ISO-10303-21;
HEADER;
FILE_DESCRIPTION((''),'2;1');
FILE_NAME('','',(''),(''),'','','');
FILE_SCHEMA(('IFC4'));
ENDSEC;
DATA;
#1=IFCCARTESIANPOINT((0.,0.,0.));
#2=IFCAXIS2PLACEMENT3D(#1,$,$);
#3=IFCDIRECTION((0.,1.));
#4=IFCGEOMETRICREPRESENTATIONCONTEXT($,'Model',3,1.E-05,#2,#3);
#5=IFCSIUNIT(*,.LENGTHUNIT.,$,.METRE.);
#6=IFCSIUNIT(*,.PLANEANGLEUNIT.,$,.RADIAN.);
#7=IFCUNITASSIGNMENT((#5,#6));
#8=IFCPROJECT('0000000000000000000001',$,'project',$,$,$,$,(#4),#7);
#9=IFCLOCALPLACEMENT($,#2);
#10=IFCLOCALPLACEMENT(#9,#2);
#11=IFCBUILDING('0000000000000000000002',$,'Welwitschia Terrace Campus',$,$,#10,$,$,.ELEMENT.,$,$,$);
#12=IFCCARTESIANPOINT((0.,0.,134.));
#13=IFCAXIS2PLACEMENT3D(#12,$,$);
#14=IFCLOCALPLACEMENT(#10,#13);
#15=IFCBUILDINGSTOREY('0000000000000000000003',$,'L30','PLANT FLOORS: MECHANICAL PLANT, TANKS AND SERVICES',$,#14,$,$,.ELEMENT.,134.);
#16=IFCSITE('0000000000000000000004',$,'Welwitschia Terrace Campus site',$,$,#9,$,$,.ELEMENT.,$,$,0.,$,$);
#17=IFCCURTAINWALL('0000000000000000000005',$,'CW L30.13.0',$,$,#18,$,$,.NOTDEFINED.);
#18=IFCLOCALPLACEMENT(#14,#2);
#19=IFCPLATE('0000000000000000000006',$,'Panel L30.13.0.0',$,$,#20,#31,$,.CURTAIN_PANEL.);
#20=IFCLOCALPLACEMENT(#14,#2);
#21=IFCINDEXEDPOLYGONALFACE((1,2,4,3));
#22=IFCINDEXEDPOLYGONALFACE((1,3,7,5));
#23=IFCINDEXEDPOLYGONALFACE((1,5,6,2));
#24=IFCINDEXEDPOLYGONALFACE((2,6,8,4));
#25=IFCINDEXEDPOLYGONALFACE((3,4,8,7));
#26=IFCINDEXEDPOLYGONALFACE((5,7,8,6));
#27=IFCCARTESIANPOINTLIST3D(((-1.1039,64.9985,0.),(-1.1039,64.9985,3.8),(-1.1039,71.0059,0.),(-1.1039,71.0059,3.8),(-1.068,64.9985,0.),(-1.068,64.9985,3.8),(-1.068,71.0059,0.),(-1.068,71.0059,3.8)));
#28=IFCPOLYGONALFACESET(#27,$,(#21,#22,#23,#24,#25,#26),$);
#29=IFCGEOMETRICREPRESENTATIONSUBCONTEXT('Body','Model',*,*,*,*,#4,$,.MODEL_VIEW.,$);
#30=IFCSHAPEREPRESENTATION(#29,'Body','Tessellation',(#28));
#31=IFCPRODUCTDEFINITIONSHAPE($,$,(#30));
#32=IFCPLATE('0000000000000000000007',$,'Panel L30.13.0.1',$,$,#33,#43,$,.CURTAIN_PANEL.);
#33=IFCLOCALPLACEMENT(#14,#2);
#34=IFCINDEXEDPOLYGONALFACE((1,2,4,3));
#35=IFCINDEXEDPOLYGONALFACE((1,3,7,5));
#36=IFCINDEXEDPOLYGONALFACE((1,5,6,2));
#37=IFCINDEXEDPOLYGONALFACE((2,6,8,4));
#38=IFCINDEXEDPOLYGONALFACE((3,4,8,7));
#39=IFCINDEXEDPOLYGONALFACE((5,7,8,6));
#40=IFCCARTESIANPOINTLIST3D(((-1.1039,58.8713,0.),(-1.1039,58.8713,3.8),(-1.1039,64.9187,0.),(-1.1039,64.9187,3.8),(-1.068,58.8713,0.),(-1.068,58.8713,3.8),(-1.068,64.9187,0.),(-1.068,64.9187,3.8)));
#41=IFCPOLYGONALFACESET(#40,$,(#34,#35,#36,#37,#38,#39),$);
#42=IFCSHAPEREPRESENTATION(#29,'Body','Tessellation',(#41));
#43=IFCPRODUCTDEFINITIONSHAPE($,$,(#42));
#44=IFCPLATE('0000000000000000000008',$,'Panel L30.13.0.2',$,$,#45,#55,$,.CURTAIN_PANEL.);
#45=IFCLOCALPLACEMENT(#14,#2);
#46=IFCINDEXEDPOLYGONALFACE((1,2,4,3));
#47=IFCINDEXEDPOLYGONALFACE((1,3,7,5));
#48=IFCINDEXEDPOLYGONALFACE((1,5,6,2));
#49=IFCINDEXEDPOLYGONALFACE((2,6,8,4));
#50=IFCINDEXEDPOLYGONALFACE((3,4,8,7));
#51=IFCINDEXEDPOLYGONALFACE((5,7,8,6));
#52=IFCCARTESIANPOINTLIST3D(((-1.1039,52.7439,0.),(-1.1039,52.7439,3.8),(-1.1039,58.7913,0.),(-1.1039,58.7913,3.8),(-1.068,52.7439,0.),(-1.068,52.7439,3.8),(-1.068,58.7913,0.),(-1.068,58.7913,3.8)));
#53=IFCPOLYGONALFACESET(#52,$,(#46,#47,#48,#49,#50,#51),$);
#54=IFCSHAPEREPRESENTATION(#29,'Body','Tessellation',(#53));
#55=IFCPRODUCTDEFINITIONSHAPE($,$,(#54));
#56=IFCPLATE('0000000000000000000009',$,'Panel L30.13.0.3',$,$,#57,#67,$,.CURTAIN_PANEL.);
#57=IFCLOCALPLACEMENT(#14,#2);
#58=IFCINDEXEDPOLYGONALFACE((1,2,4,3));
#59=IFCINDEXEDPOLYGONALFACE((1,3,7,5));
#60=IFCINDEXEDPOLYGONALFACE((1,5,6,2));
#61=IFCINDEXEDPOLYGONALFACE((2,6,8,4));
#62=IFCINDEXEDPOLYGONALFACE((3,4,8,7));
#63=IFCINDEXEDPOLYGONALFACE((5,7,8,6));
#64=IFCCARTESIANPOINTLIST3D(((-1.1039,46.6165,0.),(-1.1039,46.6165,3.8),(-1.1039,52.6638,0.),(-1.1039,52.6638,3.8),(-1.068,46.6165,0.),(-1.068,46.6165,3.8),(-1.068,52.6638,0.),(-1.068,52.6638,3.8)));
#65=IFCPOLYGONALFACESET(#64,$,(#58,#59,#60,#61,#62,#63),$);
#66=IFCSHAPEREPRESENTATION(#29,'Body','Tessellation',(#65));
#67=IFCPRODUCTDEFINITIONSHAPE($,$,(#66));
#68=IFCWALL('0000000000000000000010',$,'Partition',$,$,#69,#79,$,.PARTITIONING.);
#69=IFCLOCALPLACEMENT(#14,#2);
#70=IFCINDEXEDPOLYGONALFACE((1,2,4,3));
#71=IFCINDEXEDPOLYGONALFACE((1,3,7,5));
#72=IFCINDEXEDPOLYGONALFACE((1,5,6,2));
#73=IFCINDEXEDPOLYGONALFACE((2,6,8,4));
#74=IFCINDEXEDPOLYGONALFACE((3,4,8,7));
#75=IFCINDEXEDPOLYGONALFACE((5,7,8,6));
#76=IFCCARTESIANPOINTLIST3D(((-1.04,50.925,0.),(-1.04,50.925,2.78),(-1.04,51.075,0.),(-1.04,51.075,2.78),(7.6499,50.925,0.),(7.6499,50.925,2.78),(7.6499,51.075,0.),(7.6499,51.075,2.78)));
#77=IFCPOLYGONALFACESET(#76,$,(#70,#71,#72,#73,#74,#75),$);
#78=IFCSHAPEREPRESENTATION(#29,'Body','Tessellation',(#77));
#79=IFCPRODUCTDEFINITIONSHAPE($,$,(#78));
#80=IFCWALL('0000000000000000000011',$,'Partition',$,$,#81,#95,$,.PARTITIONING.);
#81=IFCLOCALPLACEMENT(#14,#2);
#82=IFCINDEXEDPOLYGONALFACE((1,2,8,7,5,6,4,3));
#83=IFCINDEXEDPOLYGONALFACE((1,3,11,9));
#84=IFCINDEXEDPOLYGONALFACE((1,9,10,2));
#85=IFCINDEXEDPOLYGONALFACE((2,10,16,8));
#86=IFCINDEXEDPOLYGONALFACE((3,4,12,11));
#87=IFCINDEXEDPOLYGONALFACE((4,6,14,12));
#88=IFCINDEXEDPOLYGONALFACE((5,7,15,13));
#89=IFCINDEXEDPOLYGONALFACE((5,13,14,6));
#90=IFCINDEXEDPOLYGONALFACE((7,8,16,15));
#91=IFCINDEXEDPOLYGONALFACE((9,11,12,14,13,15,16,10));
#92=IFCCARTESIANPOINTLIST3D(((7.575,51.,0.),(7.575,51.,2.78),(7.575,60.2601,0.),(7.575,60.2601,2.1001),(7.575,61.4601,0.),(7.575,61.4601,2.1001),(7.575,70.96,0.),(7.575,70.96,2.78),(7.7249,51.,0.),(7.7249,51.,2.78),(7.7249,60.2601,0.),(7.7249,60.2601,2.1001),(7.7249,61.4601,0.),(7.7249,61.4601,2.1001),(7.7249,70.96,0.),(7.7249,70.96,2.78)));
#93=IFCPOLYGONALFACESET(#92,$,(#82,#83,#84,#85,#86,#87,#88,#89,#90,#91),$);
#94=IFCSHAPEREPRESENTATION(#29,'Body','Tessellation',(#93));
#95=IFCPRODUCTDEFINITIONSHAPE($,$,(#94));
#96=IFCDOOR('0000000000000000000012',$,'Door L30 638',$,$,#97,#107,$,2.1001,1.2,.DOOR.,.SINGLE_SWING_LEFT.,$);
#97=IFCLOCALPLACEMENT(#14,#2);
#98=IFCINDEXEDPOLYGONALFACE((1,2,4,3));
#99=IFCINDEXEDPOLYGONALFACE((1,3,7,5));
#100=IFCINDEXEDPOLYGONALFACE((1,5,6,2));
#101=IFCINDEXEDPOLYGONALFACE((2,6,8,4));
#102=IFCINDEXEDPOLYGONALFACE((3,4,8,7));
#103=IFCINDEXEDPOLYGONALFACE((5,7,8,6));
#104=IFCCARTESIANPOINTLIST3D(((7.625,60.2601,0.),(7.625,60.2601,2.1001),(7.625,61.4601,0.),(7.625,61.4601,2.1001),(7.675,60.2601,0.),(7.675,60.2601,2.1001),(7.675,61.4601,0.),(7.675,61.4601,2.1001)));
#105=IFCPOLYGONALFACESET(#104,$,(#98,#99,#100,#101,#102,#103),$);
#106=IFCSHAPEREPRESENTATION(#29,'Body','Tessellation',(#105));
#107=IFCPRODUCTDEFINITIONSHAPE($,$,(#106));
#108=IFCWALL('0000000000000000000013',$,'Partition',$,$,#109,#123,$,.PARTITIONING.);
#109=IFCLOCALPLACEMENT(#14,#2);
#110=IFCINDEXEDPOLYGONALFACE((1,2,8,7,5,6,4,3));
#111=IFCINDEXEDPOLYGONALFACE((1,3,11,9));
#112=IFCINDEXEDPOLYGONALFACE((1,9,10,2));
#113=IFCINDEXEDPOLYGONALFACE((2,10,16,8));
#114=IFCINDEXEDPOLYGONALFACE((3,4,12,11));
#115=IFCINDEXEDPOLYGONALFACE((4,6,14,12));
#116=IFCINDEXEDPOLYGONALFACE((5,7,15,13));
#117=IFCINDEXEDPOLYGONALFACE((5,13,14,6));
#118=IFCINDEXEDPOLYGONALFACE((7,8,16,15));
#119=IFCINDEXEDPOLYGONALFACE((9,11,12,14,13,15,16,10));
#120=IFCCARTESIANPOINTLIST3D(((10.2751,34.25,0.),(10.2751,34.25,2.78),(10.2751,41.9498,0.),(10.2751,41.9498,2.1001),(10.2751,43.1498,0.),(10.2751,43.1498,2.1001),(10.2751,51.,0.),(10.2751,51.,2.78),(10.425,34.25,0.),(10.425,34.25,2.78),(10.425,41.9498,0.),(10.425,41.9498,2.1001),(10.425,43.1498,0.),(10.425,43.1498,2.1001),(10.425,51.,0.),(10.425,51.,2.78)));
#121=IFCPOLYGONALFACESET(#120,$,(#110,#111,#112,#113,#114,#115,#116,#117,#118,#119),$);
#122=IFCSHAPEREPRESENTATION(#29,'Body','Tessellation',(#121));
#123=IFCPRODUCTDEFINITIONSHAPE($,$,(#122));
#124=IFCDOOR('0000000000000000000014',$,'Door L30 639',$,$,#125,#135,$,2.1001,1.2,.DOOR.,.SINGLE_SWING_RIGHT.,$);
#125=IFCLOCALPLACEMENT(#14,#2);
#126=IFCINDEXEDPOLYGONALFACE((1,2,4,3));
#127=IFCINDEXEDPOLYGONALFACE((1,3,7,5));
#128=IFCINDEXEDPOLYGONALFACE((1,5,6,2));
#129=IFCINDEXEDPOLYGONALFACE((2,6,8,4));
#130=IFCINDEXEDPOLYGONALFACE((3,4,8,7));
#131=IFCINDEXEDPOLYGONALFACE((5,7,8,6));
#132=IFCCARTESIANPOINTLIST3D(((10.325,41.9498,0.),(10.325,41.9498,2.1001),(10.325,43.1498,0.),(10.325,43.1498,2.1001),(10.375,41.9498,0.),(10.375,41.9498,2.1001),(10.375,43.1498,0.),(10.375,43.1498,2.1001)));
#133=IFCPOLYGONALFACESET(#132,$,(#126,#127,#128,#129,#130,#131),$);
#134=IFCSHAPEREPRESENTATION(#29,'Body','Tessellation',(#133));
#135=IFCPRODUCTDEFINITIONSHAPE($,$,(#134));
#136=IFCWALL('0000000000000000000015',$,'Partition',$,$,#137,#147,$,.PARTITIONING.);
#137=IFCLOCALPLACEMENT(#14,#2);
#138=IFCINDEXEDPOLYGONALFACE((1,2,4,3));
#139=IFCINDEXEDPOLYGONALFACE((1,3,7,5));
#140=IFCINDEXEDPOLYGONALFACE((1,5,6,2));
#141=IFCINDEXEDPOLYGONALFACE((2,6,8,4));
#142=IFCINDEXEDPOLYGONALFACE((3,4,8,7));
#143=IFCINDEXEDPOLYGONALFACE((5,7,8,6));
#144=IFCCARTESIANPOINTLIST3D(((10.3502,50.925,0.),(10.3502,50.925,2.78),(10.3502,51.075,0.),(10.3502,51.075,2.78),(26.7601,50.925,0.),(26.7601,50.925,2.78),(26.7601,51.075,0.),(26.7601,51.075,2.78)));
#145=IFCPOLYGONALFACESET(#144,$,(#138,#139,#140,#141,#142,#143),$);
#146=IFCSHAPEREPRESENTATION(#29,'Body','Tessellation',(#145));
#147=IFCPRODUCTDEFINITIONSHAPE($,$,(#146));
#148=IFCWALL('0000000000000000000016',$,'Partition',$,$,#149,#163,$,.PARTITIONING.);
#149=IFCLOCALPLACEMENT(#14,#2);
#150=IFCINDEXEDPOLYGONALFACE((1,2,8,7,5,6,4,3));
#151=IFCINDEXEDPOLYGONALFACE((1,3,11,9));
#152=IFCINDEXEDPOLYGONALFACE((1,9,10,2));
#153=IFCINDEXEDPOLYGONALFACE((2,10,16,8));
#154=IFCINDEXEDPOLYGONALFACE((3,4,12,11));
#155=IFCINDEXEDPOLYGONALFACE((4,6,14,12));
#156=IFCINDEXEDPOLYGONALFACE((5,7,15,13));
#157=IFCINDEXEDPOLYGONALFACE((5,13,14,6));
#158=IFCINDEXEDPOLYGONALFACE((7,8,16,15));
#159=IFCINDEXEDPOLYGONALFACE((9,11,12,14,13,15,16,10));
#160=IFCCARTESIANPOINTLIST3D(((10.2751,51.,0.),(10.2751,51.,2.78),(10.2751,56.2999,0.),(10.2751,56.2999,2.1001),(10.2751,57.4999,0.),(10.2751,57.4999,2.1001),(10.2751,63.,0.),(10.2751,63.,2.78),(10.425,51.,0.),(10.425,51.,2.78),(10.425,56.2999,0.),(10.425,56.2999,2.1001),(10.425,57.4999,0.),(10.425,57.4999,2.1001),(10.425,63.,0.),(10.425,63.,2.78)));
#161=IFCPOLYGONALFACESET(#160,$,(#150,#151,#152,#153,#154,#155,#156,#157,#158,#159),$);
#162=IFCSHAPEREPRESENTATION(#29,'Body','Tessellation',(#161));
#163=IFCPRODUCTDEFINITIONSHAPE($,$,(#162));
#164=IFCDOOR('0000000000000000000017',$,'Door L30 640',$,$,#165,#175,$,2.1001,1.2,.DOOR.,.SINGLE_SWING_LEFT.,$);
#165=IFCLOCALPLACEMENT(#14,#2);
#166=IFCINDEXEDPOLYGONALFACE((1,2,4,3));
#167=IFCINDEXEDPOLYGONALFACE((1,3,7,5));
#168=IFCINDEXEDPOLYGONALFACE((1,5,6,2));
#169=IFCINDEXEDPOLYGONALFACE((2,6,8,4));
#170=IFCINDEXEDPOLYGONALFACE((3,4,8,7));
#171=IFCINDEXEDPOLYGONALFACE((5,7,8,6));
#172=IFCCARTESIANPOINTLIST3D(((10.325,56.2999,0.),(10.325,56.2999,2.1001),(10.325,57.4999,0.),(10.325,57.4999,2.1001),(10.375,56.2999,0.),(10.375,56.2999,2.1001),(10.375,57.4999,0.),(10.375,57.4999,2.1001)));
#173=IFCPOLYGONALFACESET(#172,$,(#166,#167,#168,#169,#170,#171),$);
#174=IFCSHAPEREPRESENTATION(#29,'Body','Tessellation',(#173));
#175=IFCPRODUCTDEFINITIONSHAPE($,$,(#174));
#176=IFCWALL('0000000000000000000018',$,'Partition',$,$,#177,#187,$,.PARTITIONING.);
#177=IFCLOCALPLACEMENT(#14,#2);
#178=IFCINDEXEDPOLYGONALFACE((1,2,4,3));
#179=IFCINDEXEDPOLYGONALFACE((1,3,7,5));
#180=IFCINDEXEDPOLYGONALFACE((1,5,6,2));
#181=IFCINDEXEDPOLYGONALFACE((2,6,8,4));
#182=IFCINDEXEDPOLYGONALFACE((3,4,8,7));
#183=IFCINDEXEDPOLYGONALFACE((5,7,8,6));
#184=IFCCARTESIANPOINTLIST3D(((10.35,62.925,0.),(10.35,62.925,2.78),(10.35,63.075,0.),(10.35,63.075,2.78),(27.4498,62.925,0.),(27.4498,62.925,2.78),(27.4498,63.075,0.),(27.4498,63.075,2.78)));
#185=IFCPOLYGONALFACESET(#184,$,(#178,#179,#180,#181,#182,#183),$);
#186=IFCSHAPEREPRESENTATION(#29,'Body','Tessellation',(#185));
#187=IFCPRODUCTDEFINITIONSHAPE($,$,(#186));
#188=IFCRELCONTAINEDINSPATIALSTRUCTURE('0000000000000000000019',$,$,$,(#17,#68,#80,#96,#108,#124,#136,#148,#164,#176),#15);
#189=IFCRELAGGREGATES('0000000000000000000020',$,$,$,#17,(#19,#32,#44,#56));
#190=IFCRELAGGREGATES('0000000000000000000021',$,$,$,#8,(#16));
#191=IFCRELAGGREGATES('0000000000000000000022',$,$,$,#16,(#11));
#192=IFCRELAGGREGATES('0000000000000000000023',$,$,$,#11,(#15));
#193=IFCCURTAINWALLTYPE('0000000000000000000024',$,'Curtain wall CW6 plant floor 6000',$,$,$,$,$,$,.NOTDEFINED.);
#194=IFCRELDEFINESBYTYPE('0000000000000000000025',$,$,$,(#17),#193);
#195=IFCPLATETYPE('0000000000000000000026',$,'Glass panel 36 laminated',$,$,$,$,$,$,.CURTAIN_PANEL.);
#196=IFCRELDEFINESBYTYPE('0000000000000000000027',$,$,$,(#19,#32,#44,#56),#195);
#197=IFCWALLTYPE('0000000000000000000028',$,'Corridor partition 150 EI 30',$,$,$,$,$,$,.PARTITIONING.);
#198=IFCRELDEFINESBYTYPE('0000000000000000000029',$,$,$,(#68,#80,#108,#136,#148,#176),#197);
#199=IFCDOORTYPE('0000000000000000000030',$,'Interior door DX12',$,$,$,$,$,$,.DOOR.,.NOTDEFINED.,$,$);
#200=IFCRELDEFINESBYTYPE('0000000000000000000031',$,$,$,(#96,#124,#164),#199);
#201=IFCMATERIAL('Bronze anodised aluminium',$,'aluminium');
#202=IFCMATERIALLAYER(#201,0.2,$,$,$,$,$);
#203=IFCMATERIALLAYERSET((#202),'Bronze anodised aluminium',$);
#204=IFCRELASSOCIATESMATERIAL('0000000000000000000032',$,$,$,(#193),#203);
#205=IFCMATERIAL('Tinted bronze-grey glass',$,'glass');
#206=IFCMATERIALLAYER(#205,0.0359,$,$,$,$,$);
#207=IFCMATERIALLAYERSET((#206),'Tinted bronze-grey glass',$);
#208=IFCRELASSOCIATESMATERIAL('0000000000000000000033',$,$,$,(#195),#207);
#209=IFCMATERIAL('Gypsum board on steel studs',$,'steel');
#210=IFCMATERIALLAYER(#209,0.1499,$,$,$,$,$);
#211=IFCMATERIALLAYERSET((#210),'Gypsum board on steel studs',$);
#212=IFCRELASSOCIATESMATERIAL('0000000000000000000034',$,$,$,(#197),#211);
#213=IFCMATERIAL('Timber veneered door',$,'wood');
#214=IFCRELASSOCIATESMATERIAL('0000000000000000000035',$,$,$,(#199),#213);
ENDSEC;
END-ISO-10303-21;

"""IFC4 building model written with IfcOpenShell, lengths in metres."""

from ifc_helpers import new_model, si_unit, direction, frame, frame_2d, origin, origin_2d, place, context, subcontext, project, spatial, rectangle, extrude, material, layer, layer_set, type_object, element, fill, aggregate, save


model = new_model("IFC4")

# Units and contexts
model_context = context("Model", 3, precision=1e-05, world=origin(), true_north=direction((0.0, 1.0)))
body_context = subcontext(model_context, "Body", "Model", "MODEL_VIEW")
ifc_project = project(units=[si_unit("LENGTHUNIT", "METRE"), si_unit("PLANEANGLEUNIT", "RADIAN")], contexts=[model_context])

# Site, building, storey
site_placement = place(None, origin())
site = spatial("IfcSite", under=ifc_project, at=site_placement, Name="Welwitschia Terrace Campus site", CompositionType="ELEMENT", RefElevation=0.0)
building_placement = place(site_placement, origin())
building = spatial("IfcBuilding", under=site, at=building_placement, Name="Welwitschia Terrace Campus", CompositionType="ELEMENT")
storey_placement = place(building_placement, frame((0.0, 0.0, 134.0)))
storey = spatial("IfcBuildingStorey", under=building, at=storey_placement, Name="L30", Description="PLANT FLOORS: MECHANICAL PLANT, TANKS AND SERVICES", CompositionType="ELEMENT", Elevation=134.0)

# Curtain wall
ifc_material_1 = material(Name="Bronze anodised aluminium", Category="aluminium")
ifc_layer_1 = layer(ifc_material_1, 0.2)
ifc_layer_set_1 = layer_set([ifc_layer_1], Name="Bronze anodised aluminium")
curtain_wall_type = type_object("IfcCurtainWallType", Name="Curtain wall CW6 plant floor 6000", PredefinedType="NOTDEFINED", material=ifc_layer_set_1)
curtain_wall_placement = place(storey_placement, origin())
curtain_wall = element("IfcCurtainWall", 1, at=curtain_wall_placement, inside=storey, type_object=curtain_wall_type, Name="CW L30.13.0", PredefinedType="NOTDEFINED")

# Plates
ifc_material_2 = material(Name="Tinted bronze-grey glass", Category="glass")
ifc_layer_2 = layer(ifc_material_2, 0.0359)
ifc_layer_set_2 = layer_set([ifc_layer_2], Name="Tinted bronze-grey glass")
plate_type = type_object("IfcPlateType", Name="Glass panel 36 laminated", PredefinedType="CURTAIN_PANEL", material=ifc_layer_set_2)
plate_1_placement = place(storey_placement, frame((-1.0859, 68.0022, 0.0), z_axis=(0.0, 0.0, 1.0), x_axis=(0.0, -1.0, 0.0)))
plate_1 = element("IfcPlate", 2, at=plate_1_placement, type_object=plate_type, Name="Panel L30.13.0.0", PredefinedType="CURTAIN_PANEL", context=body_context, shape_type="SweptSolid", body=[
    extrude(rectangle(XDim=6.0073, YDim=0.0359, at=origin_2d()), origin(), (0.0, 0.0, 1.0), 3.8),
])
plate_2_placement = place(storey_placement, frame((-1.0859, 61.895, 0.0), z_axis=(0.0, 0.0, 1.0), x_axis=(0.0, -1.0, 0.0)))
plate_2 = element("IfcPlate", 3, at=plate_2_placement, type_object=plate_type, Name="Panel L30.13.0.1", PredefinedType="CURTAIN_PANEL", context=body_context, shape_type="SweptSolid", body=[
    extrude(rectangle(XDim=6.0474, YDim=0.0359, at=origin_2d()), origin(), (0.0, 0.0, 1.0), 3.8),
])
plate_3_placement = place(storey_placement, frame((-1.0859, 55.7676, 0.0), z_axis=(0.0, 0.0, 1.0), x_axis=(0.0, -1.0, 0.0)))
plate_3 = element("IfcPlate", 4, at=plate_3_placement, type_object=plate_type, Name="Panel L30.13.0.2", PredefinedType="CURTAIN_PANEL", context=body_context, shape_type="SweptSolid", body=[
    extrude(rectangle(XDim=6.0474, YDim=0.0359, at=origin_2d()), origin(), (0.0, 0.0, 1.0), 3.8),
])
plate_4_placement = place(storey_placement, frame((-1.0859, 49.6401, 0.0), z_axis=(0.0, 0.0, 1.0), x_axis=(0.0, -1.0, 0.0)))
plate_4 = element("IfcPlate", 5, at=plate_4_placement, type_object=plate_type, Name="Panel L30.13.0.3", PredefinedType="CURTAIN_PANEL", context=body_context, shape_type="SweptSolid", body=[
    extrude(rectangle(XDim=6.0474, YDim=0.0359, at=origin_2d()), origin(), (0.0, 0.0, 1.0), 3.8),
])
aggregate(curtain_wall, [plate_1, plate_2, plate_3, plate_4])

# Wall
ifc_material_3 = material(Name="Gypsum board on steel studs", Category="steel")
ifc_layer_3 = layer(ifc_material_3, 0.1499)
ifc_layer_set_3 = layer_set([ifc_layer_3], Name="Gypsum board on steel studs")
wall_type = type_object("IfcWallType", Name="Corridor partition 150 EI 30", PredefinedType="PARTITIONING", material=ifc_layer_set_3)
wall_1_placement = place(storey_placement, frame((-1.04, 51.0, 0.0), z_axis=(0.0, 0.0, 1.0), x_axis=(1.0, 0.0, 0.0)))
element("IfcWall", 6, at=wall_1_placement, inside=storey, type_object=wall_type, Name="Partition", PredefinedType="PARTITIONING", context=body_context, shape_type="SweptSolid", body=[
    extrude(rectangle(XDim=8.6899, YDim=0.1499, at=frame_2d((4.345, 0.0))), origin(), (0.0, 0.0, 1.0), 2.78),
])

# Walls, openings, doors
wall_2_placement = place(storey_placement, frame((7.6499, 51.0, 0.0), z_axis=(0.0, 0.0, 1.0), x_axis=(0.0, 1.0, 0.0)))
wall_2 = element("IfcWall", 7, at=wall_2_placement, inside=storey, type_object=wall_type, Name="Partition", PredefinedType="PARTITIONING", context=body_context, shape_type="SweptSolid", body=[
    extrude(rectangle(XDim=19.96, YDim=0.1499, at=frame_2d((9.98, 0.0))), origin(), (0.0, 0.0, 1.0), 2.78),
])
opening_1_placement = place(wall_2_placement, frame((9.26, 0.0, 0.0)))
opening_1 = element("IfcOpeningElement", 8, at=opening_1_placement, cuts=wall_2, PredefinedType="OPENING", context=body_context, shape_type="SweptSolid", body=[
    extrude(rectangle(XDim=1.2, YDim=2.1001, at=frame_2d((0.6001, 1.05))), frame((0.0, 0.085, 0.0), z_axis=(0.0, -1.0, 0.0), x_axis=(1.0, 0.0, 0.0)), (0.0, 0.0, 1.0), 0.1699),
])
ifc_material_4 = material(Name="Timber veneered door", Category="wood")
door_type = type_object("IfcDoorType", Name="Interior door DX12", OperationType="NOTDEFINED", PredefinedType="DOOR", material=ifc_material_4)
door_1_placement = place(opening_1_placement, origin())
door_1 = element("IfcDoor", 9, at=door_1_placement, inside=storey, type_object=door_type, Name="Door L30 638", OperationType="SINGLE_SWING_LEFT", OverallHeight=2.1001, OverallWidth=1.2, PredefinedType="DOOR", context=body_context, shape_type="SweptSolid", body=[
    extrude(rectangle(XDim=1.2, YDim=2.1001, at=frame_2d((0.6001, 1.05))), frame((0.0, 0.0249, 0.0), z_axis=(0.0, -1.0, 0.0), x_axis=(1.0, 0.0, 0.0)), (0.0, 0.0, 1.0), 0.05),
])
fill(opening_1, door_1)
wall_3_placement = place(storey_placement, frame((10.3501, 51.0, 0.0), z_axis=(0.0, 0.0, 1.0), x_axis=(0.0, -1.0, 0.0)))
wall_3 = element("IfcWall", 10, at=wall_3_placement, inside=storey, type_object=wall_type, Name="Partition", PredefinedType="PARTITIONING", context=body_context, shape_type="SweptSolid", body=[
    extrude(rectangle(XDim=16.75, YDim=0.1499, at=frame_2d((8.375, 0.0))), origin(), (0.0, 0.0, 1.0), 2.78),
])
opening_2_placement = place(wall_3_placement, frame((7.8501, 0.0, 0.0)))
opening_2 = element("IfcOpeningElement", 11, at=opening_2_placement, cuts=wall_3, PredefinedType="OPENING", context=body_context, shape_type="SweptSolid", body=[
    extrude(rectangle(XDim=1.2, YDim=2.1001, at=frame_2d((0.6001, 1.05))), frame((0.0, 0.085, 0.0), z_axis=(0.0, -1.0, 0.0), x_axis=(1.0, 0.0, 0.0)), (0.0, 0.0, 1.0), 0.1699),
])
door_2_placement = place(opening_2_placement, origin())
door_2 = element("IfcDoor", 12, at=door_2_placement, inside=storey, type_object=door_type, Name="Door L30 639", OperationType="SINGLE_SWING_RIGHT", OverallHeight=2.1001, OverallWidth=1.2, PredefinedType="DOOR", context=body_context, shape_type="SweptSolid", body=[
    extrude(rectangle(XDim=1.2, YDim=2.1001, at=frame_2d((0.6001, 1.05))), frame((0.0, 0.0249, 0.0), z_axis=(0.0, -1.0, 0.0), x_axis=(1.0, 0.0, 0.0)), (0.0, 0.0, 1.0), 0.05),
])
fill(opening_2, door_2)

# Wall
wall_4_placement = place(storey_placement, frame((10.3501, 51.0, 0.0), z_axis=(0.0, 0.0, 1.0), x_axis=(1.0, 0.0, 0.0)))
element("IfcWall", 13, at=wall_4_placement, inside=storey, type_object=wall_type, Name="Partition", PredefinedType="PARTITIONING", context=body_context, shape_type="SweptSolid", body=[
    extrude(rectangle(XDim=16.4099, YDim=0.1499, at=frame_2d((8.2051, 0.0))), origin(), (0.0, 0.0, 1.0), 2.78),
])

# Wall, opening, door
wall_5_placement = place(storey_placement, frame((10.3501, 63.0, 0.0), z_axis=(0.0, 0.0, 1.0), x_axis=(0.0, -1.0, 0.0)))
wall_5 = element("IfcWall", 14, at=wall_5_placement, inside=storey, type_object=wall_type, Name="Partition", PredefinedType="PARTITIONING", context=body_context, shape_type="SweptSolid", body=[
    extrude(rectangle(XDim=12.0, YDim=0.1499, at=frame_2d((6.0, 0.0))), origin(), (0.0, 0.0, 1.0), 2.78),
])
opening_3_placement = place(wall_5_placement, frame((5.5, 0.0, 0.0)))
opening_3 = element("IfcOpeningElement", 15, at=opening_3_placement, cuts=wall_5, PredefinedType="OPENING", context=body_context, shape_type="SweptSolid", body=[
    extrude(rectangle(XDim=1.2, YDim=2.1001, at=frame_2d((0.6001, 1.05))), frame((0.0, 0.085, 0.0), z_axis=(0.0, -1.0, 0.0), x_axis=(1.0, 0.0, 0.0)), (0.0, 0.0, 1.0), 0.1699),
])
door_3_placement = place(opening_3_placement, origin())
door_3 = element("IfcDoor", 16, at=door_3_placement, inside=storey, type_object=door_type, Name="Door L30 640", OperationType="SINGLE_SWING_LEFT", OverallHeight=2.1001, OverallWidth=1.2, PredefinedType="DOOR", context=body_context, shape_type="SweptSolid", body=[
    extrude(rectangle(XDim=1.2, YDim=2.1001, at=frame_2d((0.6001, 1.05))), frame((0.0, 0.0249, 0.0), z_axis=(0.0, -1.0, 0.0), x_axis=(1.0, 0.0, 0.0)), (0.0, 0.0, 1.0), 0.05),
])
fill(opening_3, door_3)

# Wall
wall_6_placement = place(storey_placement, frame((10.3501, 63.0, 0.0), z_axis=(0.0, 0.0, 1.0), x_axis=(1.0, 0.0, 0.0)))
element("IfcWall", 17, at=wall_6_placement, inside=storey, type_object=wall_type, Name="Partition", PredefinedType="PARTITIONING", context=body_context, shape_type="SweptSolid", body=[
    extrude(rectangle(XDim=17.0999, YDim=0.1499, at=frame_2d((8.5498, 0.0))), origin(), (0.0, 0.0, 1.0), 2.78),
])

save(model, "model.ifc")
